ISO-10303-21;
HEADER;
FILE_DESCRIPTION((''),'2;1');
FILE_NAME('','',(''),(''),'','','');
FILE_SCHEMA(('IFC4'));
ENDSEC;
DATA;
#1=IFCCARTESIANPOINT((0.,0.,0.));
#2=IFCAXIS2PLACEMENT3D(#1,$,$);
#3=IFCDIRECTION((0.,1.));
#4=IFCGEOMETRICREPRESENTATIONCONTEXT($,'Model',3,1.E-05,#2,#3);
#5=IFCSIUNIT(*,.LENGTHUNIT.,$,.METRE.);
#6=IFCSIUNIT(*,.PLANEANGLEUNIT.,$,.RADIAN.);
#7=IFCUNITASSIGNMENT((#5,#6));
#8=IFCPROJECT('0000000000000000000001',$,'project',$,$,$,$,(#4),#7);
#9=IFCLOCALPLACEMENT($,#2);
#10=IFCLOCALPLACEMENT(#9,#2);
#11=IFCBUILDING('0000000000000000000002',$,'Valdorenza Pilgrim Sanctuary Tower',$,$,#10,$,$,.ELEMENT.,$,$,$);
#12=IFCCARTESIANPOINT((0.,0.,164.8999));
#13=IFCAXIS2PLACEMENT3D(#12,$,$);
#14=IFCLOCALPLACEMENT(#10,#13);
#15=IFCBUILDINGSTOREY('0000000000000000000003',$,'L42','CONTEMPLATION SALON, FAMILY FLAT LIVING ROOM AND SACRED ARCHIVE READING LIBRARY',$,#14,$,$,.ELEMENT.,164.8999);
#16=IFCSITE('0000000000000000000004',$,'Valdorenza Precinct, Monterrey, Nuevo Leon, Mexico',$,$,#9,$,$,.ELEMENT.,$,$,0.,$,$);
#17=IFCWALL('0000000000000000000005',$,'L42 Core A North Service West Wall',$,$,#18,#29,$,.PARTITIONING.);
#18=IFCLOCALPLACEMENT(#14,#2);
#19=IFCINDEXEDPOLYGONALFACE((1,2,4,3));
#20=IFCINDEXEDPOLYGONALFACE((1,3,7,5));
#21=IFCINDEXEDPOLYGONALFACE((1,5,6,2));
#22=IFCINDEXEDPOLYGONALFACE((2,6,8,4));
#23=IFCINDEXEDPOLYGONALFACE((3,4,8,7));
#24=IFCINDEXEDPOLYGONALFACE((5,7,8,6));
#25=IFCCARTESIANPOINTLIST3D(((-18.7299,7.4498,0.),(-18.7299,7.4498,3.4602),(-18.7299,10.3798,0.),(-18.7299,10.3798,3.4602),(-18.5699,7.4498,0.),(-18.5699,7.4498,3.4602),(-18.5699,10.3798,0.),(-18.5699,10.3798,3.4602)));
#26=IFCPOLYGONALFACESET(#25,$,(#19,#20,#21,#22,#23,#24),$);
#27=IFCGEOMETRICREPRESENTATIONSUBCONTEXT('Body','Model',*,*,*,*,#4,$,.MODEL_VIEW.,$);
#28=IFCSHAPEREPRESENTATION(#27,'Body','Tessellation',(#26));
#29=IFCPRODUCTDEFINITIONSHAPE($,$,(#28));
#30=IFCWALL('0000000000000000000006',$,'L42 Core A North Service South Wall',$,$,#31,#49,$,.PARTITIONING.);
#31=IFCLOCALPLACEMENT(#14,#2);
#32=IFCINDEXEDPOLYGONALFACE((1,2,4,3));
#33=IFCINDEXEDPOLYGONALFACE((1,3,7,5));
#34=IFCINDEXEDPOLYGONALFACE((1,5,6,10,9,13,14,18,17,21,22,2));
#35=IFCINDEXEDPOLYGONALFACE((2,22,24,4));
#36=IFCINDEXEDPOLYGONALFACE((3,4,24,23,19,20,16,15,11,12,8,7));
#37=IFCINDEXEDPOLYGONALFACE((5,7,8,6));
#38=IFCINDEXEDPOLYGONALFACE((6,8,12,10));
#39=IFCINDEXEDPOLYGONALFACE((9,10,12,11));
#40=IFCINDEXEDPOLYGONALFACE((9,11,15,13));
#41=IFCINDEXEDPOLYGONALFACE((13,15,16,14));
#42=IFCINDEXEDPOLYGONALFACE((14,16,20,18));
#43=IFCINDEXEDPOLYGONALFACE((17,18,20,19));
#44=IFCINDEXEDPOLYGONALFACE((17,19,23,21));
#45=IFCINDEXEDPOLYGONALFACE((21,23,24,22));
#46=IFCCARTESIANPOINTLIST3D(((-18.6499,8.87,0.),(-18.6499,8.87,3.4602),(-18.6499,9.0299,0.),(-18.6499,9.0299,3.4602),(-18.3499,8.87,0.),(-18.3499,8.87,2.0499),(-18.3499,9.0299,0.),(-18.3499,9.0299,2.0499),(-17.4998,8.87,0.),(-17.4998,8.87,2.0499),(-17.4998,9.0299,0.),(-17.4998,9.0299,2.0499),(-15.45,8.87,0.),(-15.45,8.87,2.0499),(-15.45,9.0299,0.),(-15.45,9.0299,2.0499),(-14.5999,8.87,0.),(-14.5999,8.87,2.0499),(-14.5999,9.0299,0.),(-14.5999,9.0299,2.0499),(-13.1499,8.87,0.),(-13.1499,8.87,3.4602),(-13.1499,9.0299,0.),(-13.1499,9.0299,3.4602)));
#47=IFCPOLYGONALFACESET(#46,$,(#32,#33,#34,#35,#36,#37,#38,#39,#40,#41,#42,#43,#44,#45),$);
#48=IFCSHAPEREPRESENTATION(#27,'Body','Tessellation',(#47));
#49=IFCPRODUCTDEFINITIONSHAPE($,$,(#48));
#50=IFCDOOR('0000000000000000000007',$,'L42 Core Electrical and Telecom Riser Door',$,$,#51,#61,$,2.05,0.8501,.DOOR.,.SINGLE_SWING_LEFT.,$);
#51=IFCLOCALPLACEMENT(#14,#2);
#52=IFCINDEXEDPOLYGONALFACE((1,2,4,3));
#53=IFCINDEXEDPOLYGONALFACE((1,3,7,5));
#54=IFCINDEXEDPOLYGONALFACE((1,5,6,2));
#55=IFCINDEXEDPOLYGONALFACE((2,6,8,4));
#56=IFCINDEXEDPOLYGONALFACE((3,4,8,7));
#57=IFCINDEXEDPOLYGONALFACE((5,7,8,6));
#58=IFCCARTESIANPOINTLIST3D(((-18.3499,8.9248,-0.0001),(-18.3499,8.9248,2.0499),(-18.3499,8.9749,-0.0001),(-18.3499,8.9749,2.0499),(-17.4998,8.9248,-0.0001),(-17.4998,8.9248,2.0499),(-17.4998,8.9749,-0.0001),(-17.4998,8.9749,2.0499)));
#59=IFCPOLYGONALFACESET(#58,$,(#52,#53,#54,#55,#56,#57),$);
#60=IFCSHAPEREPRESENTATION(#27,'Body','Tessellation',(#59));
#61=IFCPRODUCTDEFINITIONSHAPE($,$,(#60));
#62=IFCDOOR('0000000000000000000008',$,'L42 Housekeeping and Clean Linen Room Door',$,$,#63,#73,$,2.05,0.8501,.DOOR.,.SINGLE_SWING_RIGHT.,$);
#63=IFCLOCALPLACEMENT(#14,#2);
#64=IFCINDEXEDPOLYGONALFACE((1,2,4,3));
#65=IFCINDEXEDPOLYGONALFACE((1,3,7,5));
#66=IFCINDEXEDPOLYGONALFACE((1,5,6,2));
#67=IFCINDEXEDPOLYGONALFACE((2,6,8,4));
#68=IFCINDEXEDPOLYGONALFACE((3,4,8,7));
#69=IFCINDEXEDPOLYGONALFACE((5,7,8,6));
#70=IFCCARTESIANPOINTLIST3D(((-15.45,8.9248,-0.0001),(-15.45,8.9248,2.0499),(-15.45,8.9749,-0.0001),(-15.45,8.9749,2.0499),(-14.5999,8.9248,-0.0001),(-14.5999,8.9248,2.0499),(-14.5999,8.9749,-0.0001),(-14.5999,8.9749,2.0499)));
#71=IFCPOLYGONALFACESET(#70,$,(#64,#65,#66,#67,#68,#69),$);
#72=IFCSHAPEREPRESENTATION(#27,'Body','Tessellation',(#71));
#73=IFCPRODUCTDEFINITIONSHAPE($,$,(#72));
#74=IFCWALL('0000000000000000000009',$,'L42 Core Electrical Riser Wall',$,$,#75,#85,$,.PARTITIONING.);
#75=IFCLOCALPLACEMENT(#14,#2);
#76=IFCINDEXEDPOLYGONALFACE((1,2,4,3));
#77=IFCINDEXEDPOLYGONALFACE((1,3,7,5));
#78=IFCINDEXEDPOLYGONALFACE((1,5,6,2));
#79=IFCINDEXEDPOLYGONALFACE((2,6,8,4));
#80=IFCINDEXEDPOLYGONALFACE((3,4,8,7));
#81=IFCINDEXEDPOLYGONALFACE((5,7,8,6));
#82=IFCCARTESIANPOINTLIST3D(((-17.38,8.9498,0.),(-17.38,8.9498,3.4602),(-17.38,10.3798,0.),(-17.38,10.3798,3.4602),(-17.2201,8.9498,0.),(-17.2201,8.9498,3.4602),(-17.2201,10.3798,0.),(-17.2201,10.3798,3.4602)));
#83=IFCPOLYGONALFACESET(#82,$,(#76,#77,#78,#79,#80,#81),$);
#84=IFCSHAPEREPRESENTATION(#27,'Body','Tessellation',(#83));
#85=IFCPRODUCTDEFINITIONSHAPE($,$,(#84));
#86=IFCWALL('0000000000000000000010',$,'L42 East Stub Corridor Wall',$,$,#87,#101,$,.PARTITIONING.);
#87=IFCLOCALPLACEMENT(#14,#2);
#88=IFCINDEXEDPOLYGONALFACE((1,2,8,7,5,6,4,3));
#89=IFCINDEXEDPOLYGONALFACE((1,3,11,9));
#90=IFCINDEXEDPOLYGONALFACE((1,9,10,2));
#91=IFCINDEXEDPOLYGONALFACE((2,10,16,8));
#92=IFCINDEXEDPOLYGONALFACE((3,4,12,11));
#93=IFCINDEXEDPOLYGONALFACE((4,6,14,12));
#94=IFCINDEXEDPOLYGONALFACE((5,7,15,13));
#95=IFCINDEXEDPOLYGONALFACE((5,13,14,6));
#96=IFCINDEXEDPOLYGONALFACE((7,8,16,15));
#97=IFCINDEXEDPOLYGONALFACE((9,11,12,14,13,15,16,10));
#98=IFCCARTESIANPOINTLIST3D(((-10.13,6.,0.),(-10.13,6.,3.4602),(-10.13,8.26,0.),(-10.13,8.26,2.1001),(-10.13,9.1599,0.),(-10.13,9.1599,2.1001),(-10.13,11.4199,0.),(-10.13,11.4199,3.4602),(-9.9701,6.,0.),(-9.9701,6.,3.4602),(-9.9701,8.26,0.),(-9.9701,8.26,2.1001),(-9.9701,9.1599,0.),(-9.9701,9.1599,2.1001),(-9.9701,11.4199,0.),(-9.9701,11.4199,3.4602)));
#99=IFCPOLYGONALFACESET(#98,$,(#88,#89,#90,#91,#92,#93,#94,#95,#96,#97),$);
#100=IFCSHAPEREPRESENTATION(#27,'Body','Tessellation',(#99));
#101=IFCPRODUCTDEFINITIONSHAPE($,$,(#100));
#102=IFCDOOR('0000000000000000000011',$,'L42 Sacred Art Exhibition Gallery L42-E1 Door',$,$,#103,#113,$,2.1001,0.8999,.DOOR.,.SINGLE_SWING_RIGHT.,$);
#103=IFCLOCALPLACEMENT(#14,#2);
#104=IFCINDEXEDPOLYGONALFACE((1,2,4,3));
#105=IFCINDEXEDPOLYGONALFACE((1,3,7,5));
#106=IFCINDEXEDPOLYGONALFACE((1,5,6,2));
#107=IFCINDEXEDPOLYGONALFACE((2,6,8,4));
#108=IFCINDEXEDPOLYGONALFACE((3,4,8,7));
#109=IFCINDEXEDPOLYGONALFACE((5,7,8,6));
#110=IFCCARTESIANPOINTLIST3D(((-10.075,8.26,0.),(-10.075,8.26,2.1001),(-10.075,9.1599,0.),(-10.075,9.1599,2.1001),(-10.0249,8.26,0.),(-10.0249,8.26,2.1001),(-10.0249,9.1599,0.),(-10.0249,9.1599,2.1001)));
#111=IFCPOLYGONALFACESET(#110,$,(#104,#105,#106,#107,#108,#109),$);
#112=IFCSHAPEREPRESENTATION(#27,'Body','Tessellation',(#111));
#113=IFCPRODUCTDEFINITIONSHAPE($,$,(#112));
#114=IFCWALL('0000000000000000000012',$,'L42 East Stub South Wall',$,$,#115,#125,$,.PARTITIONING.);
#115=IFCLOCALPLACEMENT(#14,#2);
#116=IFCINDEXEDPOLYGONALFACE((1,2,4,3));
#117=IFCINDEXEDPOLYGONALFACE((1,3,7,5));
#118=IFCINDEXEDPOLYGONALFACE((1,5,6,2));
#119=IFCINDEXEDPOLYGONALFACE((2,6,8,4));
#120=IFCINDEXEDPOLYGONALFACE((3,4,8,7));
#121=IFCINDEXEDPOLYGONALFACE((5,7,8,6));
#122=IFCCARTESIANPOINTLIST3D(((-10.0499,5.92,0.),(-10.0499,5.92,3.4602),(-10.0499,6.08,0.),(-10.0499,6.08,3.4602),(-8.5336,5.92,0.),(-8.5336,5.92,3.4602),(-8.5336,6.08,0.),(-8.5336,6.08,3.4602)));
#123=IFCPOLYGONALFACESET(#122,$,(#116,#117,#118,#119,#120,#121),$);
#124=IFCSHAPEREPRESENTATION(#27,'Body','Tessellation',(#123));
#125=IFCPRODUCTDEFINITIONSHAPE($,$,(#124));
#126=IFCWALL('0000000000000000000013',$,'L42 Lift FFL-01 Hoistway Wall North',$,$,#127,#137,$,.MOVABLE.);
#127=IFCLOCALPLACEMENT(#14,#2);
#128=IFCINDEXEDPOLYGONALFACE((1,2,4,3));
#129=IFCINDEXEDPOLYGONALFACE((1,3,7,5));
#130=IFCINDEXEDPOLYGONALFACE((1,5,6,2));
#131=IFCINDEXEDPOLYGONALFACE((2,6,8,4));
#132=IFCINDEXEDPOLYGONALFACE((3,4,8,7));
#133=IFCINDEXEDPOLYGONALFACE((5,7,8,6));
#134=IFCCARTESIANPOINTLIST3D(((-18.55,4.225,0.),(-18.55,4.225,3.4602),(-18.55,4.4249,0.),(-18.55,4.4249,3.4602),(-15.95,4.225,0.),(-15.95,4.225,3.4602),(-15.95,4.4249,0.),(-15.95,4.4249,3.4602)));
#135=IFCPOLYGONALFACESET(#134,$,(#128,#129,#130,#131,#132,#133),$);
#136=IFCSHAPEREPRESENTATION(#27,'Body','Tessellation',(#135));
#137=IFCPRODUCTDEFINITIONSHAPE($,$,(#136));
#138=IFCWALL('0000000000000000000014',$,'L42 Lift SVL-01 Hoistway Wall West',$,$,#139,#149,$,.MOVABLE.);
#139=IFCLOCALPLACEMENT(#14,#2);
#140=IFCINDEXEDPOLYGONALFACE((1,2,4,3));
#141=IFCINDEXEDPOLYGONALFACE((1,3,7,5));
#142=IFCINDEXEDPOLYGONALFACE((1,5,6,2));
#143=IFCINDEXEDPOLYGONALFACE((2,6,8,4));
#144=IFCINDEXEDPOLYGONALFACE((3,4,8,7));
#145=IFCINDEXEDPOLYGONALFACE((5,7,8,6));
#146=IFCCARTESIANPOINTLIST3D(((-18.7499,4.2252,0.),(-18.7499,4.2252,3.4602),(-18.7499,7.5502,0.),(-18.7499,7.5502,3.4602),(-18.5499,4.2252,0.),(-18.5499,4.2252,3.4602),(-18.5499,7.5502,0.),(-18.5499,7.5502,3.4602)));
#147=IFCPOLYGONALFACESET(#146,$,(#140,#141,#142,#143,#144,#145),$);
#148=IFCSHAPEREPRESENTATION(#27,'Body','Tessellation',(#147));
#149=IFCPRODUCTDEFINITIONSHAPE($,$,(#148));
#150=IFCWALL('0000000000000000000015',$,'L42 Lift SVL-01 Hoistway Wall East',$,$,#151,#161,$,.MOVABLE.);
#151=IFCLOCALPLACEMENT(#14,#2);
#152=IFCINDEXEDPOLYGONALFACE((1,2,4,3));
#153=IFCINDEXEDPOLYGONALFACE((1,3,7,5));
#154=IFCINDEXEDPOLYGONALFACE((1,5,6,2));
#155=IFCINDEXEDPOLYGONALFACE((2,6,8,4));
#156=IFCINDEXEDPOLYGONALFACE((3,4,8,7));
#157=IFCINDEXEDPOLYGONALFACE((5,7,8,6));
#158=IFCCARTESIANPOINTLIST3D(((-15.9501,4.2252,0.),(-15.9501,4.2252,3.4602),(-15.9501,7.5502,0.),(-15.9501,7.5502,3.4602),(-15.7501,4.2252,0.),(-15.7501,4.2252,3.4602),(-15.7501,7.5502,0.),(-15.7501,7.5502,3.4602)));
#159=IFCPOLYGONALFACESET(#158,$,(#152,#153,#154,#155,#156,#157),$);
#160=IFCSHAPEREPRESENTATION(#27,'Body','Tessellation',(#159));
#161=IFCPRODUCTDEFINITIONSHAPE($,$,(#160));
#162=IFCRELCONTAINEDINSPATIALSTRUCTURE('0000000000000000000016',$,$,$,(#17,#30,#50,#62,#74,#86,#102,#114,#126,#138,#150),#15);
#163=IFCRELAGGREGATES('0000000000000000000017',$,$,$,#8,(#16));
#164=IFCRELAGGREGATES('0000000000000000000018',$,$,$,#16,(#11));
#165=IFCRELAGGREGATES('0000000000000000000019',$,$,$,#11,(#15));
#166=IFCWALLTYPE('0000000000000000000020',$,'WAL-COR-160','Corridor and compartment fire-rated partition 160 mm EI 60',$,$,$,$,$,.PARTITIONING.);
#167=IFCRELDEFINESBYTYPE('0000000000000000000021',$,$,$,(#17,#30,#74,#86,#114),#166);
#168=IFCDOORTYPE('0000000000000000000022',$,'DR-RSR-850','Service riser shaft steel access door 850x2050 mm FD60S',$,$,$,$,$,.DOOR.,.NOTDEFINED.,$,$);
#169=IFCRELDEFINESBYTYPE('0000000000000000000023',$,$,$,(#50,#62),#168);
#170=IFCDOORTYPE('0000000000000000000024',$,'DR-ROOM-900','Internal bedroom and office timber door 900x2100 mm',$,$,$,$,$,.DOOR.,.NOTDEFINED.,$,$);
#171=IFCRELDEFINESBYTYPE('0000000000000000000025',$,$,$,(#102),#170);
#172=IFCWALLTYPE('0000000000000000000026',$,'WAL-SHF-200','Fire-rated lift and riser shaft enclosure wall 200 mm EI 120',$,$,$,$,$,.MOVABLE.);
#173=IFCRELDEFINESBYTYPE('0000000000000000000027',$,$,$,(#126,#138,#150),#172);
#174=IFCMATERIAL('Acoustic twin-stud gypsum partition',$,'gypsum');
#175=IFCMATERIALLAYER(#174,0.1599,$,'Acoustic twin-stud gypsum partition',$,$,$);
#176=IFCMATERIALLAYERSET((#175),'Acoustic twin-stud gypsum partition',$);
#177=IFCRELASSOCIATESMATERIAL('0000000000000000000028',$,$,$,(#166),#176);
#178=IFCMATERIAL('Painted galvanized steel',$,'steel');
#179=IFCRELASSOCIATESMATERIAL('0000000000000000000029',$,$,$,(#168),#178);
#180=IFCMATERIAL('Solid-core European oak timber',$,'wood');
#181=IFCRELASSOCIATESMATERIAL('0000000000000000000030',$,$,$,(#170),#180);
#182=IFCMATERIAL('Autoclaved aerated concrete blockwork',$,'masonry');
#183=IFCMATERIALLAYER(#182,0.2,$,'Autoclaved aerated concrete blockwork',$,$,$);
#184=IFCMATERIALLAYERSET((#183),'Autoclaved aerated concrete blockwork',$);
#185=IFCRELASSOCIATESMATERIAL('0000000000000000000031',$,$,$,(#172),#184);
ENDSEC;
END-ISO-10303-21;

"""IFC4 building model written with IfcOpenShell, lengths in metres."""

from ifc_helpers import new_model, si_unit, direction, frame, frame_2d, origin, place, context, subcontext, project, spatial, rectangle, extrude, material, layer, layer_set, type_object, element, fill, save


model = new_model("IFC4")

# Units and contexts
model_context = context("Model", 3, precision=1e-05, world=origin(), true_north=direction((0.0, 1.0)))
body_context = subcontext(model_context, "Body", "Model", "MODEL_VIEW")
ifc_project = project(units=[si_unit("LENGTHUNIT", "METRE"), si_unit("PLANEANGLEUNIT", "RADIAN")], contexts=[model_context])

# Site, building, storey
site_placement = place(None, origin())
site = spatial("IfcSite", under=ifc_project, at=site_placement, Name="Valdorenza Precinct, Monterrey, Nuevo Leon, Mexico", CompositionType="ELEMENT", RefElevation=0.0)
building_placement = place(site_placement, origin())
building = spatial("IfcBuilding", under=site, at=building_placement, Name="Valdorenza Pilgrim Sanctuary Tower", CompositionType="ELEMENT")
storey_placement = place(building_placement, frame((0.0, 0.0, 164.8999)))
storey = spatial("IfcBuildingStorey", under=building, at=storey_placement, Name="L42", Description="CONTEMPLATION SALON, FAMILY FLAT LIVING ROOM AND SACRED ARCHIVE READING LIBRARY", CompositionType="ELEMENT", Elevation=164.8999)

# Wall
ifc_material_1 = material(Name="Acoustic twin-stud gypsum partition", Category="gypsum")
ifc_layer_1 = layer(ifc_material_1, 0.1599, Name="Acoustic twin-stud gypsum partition")
ifc_layer_set_1 = layer_set([ifc_layer_1], Name="Acoustic twin-stud gypsum partition")
wall_type_1 = type_object("IfcWallType", Name="WAL-COR-160", Description="Corridor and compartment fire-rated partition 160 mm EI 60", PredefinedType="PARTITIONING", material=ifc_layer_set_1)
wall_1_placement = place(storey_placement, frame((-18.6499, 7.45, 0.0), z_axis=(0.0, 0.0, 1.0), x_axis=(0.0, 1.0, 0.0)))
element("IfcWall", 1, at=wall_1_placement, inside=storey, type_object=wall_type_1, Name="L42 Core A North Service West Wall", PredefinedType="PARTITIONING", context=body_context, shape_type="SweptSolid", body=[
    extrude(rectangle(XDim=2.9299, YDim=0.1599, at=frame_2d((1.4648, 0.0))), origin(), (0.0, 0.0, 1.0), 3.4602),
])

# Wall, openings, doors
wall_2_placement = place(storey_placement, frame((-18.6499, 8.95, 0.0), z_axis=(0.0, 0.0, 1.0), x_axis=(1.0, 0.0, 0.0)))
wall_2 = element("IfcWall", 2, at=wall_2_placement, inside=storey, type_object=wall_type_1, Name="L42 Core A North Service South Wall", PredefinedType="PARTITIONING", context=body_context, shape_type="SweptSolid", body=[
    extrude(rectangle(XDim=5.5, YDim=0.1599, at=frame_2d((2.75, 0.0))), origin(), (0.0, 0.0, 1.0), 3.4602),
])
opening_1_placement = place(wall_2_placement, frame((0.3, 0.0, 0.0)))
opening_1 = element("IfcOpeningElement", 3, at=opening_1_placement, cuts=wall_2, PredefinedType="OPENING", context=body_context, shape_type="SweptSolid", body=[
    extrude(rectangle(XDim=0.8501, YDim=2.05, at=frame_2d((0.425, 1.0249))), frame((0.0, 0.0947, 0.0), z_axis=(0.0, -1.0, 0.0), x_axis=(1.0, 0.0, 0.0)), (0.0, 0.0, 1.0), 0.1897),
])
opening_2_placement = place(wall_2_placement, frame((3.2, 0.0, 0.0)))
opening_2 = element("IfcOpeningElement", 4, at=opening_2_placement, cuts=wall_2, PredefinedType="OPENING", context=body_context, shape_type="SweptSolid", body=[
    extrude(rectangle(XDim=0.8501, YDim=2.05, at=frame_2d((0.425, 1.0249))), frame((0.0, 0.0947, 0.0), z_axis=(0.0, -1.0, 0.0), x_axis=(1.0, 0.0, 0.0)), (0.0, 0.0, 1.0), 0.1897),
])
ifc_material_2 = material(Name="Painted galvanized steel", Category="steel")
door_type_1 = type_object("IfcDoorType", Name="DR-RSR-850", Description="Service riser shaft steel access door 850x2050 mm FD60S", OperationType="NOTDEFINED", PredefinedType="DOOR", material=ifc_material_2)
door_1_placement = place(opening_1_placement, origin())
door_1 = element("IfcDoor", 5, at=door_1_placement, inside=storey, type_object=door_type_1, Name="L42 Core Electrical and Telecom Riser Door", OperationType="SINGLE_SWING_LEFT", OverallHeight=2.05, OverallWidth=0.8501, PredefinedType="DOOR", context=body_context, shape_type="SweptSolid", body=[
    extrude(rectangle(XDim=0.8501, YDim=2.05, at=frame_2d((0.425, 1.0249))), frame((0.0, 0.0249, 0.0), z_axis=(0.0, -1.0, 0.0), x_axis=(1.0, 0.0, 0.0)), (0.0, 0.0, 1.0), 0.05),
])
fill(opening_1, door_1)
door_2_placement = place(opening_2_placement, origin())
door_2 = element("IfcDoor", 6, at=door_2_placement, inside=storey, type_object=door_type_1, Name="L42 Housekeeping and Clean Linen Room Door", OperationType="SINGLE_SWING_RIGHT", OverallHeight=2.05, OverallWidth=0.8501, PredefinedType="DOOR", context=body_context, shape_type="SweptSolid", body=[
    extrude(rectangle(XDim=0.8501, YDim=2.05, at=frame_2d((0.425, 1.0249))), frame((0.0, 0.0249, 0.0), z_axis=(0.0, -1.0, 0.0), x_axis=(1.0, 0.0, 0.0)), (0.0, 0.0, 1.0), 0.05),
])
fill(opening_2, door_2)

# Wall
wall_3_placement = place(storey_placement, frame((-17.3, 8.95, 0.0), z_axis=(0.0, 0.0, 1.0), x_axis=(0.0, 1.0, 0.0)))
element("IfcWall", 7, at=wall_3_placement, inside=storey, type_object=wall_type_1, Name="L42 Core Electrical Riser Wall", PredefinedType="PARTITIONING", context=body_context, shape_type="SweptSolid", body=[
    extrude(rectangle(XDim=1.4299, YDim=0.1599, at=frame_2d((0.7148, 0.0))), origin(), (0.0, 0.0, 1.0), 3.4602),
])

# Wall, opening, door
wall_4_placement = place(storey_placement, frame((-10.05, 6.0, 0.0), z_axis=(0.0, 0.0, 1.0), x_axis=(0.0, 1.0, 0.0)))
wall_4 = element("IfcWall", 8, at=wall_4_placement, inside=storey, type_object=wall_type_1, Name="L42 East Stub Corridor Wall", PredefinedType="PARTITIONING", context=body_context, shape_type="SweptSolid", body=[
    extrude(rectangle(XDim=5.4199, YDim=0.1599, at=frame_2d((2.71, 0.0))), origin(), (0.0, 0.0, 1.0), 3.4602),
])
opening_3_placement = place(wall_4_placement, frame((2.26, 0.0, 0.0)))
opening_3 = element("IfcOpeningElement", 9, at=opening_3_placement, cuts=wall_4, PredefinedType="OPENING", context=body_context, shape_type="SweptSolid", body=[
    extrude(rectangle(XDim=0.8999, YDim=2.1001, at=frame_2d((0.45, 1.05))), frame((0.0, 0.0947, 0.0), z_axis=(0.0, -1.0, 0.0), x_axis=(1.0, 0.0, 0.0)), (0.0, 0.0, 1.0), 0.1897),
])
ifc_material_3 = material(Name="Solid-core European oak timber", Category="wood")
door_type_2 = type_object("IfcDoorType", Name="DR-ROOM-900", Description="Internal bedroom and office timber door 900x2100 mm", OperationType="NOTDEFINED", PredefinedType="DOOR", material=ifc_material_3)
door_3_placement = place(opening_3_placement, origin())
door_3 = element("IfcDoor", 10, at=door_3_placement, inside=storey, type_object=door_type_2, Name="L42 Sacred Art Exhibition Gallery L42-E1 Door", OperationType="SINGLE_SWING_RIGHT", OverallHeight=2.1001, OverallWidth=0.8999, PredefinedType="DOOR", context=body_context, shape_type="SweptSolid", body=[
    extrude(rectangle(XDim=0.8999, YDim=2.1001, at=frame_2d((0.45, 1.05))), frame((0.0, 0.0249, 0.0), z_axis=(0.0, -1.0, 0.0), x_axis=(1.0, 0.0, 0.0)), (0.0, 0.0, 1.0), 0.05),
])
fill(opening_3, door_3)

# Walls
wall_5_placement = place(storey_placement, frame((-10.05, 6.0, 0.0), z_axis=(0.0, 0.0, 1.0), x_axis=(1.0, 0.0, 0.0)))
element("IfcWall", 11, at=wall_5_placement, inside=storey, type_object=wall_type_1, Name="L42 East Stub South Wall", PredefinedType="PARTITIONING", context=body_context, shape_type="SweptSolid", body=[
    extrude(rectangle(XDim=1.5164, YDim=0.1599, at=frame_2d((0.7583, 0.0))), origin(), (0.0, 0.0, 1.0), 3.4602),
])
ifc_material_4 = material(Name="Autoclaved aerated concrete blockwork", Category="masonry")
ifc_layer_2 = layer(ifc_material_4, 0.2, Name="Autoclaved aerated concrete blockwork")
ifc_layer_set_2 = layer_set([ifc_layer_2], Name="Autoclaved aerated concrete blockwork")
wall_type_2 = type_object("IfcWallType", Name="WAL-SHF-200", Description="Fire-rated lift and riser shaft enclosure wall 200 mm EI 120", PredefinedType="MOVABLE", material=ifc_layer_set_2)
wall_6_placement = place(storey_placement, frame((-18.55, 4.325, 0.0), z_axis=(0.0, 0.0, 1.0), x_axis=(1.0, 0.0, 0.0)))
element("IfcWall", 12, at=wall_6_placement, inside=storey, type_object=wall_type_2, Name="L42 Lift FFL-01 Hoistway Wall North", PredefinedType="MOVABLE", context=body_context, shape_type="SweptSolid", body=[
    extrude(rectangle(XDim=2.6001, YDim=0.2, at=frame_2d((1.3, 0.0))), origin(), (0.0, 0.0, 1.0), 3.4602),
])
for number, where, z_axis, x_axis, name in (
    (13, (-18.6499, 4.2251, 0.0), (0.0, 0.0, 1.0), (0.0, 1.0, 0.0), "L42 Lift SVL-01 Hoistway Wall West"),
    (14, (-15.8501, 4.2251, 0.0), (0.0, 0.0, 1.0), (0.0, 1.0, 0.0), "L42 Lift SVL-01 Hoistway Wall East"),
):
    element("IfcWall", number, at=place(storey_placement, frame(where, z_axis=z_axis, x_axis=x_axis)), inside=storey, type_object=wall_type_2, Name=name, PredefinedType="MOVABLE", context=body_context, shape_type="SweptSolid", body=[
        extrude(rectangle(XDim=3.325, YDim=0.2, at=frame_2d((1.6626, 0.0))), origin(), (0.0, 0.0, 1.0), 3.4602),
    ])

save(model, "model.ifc")
